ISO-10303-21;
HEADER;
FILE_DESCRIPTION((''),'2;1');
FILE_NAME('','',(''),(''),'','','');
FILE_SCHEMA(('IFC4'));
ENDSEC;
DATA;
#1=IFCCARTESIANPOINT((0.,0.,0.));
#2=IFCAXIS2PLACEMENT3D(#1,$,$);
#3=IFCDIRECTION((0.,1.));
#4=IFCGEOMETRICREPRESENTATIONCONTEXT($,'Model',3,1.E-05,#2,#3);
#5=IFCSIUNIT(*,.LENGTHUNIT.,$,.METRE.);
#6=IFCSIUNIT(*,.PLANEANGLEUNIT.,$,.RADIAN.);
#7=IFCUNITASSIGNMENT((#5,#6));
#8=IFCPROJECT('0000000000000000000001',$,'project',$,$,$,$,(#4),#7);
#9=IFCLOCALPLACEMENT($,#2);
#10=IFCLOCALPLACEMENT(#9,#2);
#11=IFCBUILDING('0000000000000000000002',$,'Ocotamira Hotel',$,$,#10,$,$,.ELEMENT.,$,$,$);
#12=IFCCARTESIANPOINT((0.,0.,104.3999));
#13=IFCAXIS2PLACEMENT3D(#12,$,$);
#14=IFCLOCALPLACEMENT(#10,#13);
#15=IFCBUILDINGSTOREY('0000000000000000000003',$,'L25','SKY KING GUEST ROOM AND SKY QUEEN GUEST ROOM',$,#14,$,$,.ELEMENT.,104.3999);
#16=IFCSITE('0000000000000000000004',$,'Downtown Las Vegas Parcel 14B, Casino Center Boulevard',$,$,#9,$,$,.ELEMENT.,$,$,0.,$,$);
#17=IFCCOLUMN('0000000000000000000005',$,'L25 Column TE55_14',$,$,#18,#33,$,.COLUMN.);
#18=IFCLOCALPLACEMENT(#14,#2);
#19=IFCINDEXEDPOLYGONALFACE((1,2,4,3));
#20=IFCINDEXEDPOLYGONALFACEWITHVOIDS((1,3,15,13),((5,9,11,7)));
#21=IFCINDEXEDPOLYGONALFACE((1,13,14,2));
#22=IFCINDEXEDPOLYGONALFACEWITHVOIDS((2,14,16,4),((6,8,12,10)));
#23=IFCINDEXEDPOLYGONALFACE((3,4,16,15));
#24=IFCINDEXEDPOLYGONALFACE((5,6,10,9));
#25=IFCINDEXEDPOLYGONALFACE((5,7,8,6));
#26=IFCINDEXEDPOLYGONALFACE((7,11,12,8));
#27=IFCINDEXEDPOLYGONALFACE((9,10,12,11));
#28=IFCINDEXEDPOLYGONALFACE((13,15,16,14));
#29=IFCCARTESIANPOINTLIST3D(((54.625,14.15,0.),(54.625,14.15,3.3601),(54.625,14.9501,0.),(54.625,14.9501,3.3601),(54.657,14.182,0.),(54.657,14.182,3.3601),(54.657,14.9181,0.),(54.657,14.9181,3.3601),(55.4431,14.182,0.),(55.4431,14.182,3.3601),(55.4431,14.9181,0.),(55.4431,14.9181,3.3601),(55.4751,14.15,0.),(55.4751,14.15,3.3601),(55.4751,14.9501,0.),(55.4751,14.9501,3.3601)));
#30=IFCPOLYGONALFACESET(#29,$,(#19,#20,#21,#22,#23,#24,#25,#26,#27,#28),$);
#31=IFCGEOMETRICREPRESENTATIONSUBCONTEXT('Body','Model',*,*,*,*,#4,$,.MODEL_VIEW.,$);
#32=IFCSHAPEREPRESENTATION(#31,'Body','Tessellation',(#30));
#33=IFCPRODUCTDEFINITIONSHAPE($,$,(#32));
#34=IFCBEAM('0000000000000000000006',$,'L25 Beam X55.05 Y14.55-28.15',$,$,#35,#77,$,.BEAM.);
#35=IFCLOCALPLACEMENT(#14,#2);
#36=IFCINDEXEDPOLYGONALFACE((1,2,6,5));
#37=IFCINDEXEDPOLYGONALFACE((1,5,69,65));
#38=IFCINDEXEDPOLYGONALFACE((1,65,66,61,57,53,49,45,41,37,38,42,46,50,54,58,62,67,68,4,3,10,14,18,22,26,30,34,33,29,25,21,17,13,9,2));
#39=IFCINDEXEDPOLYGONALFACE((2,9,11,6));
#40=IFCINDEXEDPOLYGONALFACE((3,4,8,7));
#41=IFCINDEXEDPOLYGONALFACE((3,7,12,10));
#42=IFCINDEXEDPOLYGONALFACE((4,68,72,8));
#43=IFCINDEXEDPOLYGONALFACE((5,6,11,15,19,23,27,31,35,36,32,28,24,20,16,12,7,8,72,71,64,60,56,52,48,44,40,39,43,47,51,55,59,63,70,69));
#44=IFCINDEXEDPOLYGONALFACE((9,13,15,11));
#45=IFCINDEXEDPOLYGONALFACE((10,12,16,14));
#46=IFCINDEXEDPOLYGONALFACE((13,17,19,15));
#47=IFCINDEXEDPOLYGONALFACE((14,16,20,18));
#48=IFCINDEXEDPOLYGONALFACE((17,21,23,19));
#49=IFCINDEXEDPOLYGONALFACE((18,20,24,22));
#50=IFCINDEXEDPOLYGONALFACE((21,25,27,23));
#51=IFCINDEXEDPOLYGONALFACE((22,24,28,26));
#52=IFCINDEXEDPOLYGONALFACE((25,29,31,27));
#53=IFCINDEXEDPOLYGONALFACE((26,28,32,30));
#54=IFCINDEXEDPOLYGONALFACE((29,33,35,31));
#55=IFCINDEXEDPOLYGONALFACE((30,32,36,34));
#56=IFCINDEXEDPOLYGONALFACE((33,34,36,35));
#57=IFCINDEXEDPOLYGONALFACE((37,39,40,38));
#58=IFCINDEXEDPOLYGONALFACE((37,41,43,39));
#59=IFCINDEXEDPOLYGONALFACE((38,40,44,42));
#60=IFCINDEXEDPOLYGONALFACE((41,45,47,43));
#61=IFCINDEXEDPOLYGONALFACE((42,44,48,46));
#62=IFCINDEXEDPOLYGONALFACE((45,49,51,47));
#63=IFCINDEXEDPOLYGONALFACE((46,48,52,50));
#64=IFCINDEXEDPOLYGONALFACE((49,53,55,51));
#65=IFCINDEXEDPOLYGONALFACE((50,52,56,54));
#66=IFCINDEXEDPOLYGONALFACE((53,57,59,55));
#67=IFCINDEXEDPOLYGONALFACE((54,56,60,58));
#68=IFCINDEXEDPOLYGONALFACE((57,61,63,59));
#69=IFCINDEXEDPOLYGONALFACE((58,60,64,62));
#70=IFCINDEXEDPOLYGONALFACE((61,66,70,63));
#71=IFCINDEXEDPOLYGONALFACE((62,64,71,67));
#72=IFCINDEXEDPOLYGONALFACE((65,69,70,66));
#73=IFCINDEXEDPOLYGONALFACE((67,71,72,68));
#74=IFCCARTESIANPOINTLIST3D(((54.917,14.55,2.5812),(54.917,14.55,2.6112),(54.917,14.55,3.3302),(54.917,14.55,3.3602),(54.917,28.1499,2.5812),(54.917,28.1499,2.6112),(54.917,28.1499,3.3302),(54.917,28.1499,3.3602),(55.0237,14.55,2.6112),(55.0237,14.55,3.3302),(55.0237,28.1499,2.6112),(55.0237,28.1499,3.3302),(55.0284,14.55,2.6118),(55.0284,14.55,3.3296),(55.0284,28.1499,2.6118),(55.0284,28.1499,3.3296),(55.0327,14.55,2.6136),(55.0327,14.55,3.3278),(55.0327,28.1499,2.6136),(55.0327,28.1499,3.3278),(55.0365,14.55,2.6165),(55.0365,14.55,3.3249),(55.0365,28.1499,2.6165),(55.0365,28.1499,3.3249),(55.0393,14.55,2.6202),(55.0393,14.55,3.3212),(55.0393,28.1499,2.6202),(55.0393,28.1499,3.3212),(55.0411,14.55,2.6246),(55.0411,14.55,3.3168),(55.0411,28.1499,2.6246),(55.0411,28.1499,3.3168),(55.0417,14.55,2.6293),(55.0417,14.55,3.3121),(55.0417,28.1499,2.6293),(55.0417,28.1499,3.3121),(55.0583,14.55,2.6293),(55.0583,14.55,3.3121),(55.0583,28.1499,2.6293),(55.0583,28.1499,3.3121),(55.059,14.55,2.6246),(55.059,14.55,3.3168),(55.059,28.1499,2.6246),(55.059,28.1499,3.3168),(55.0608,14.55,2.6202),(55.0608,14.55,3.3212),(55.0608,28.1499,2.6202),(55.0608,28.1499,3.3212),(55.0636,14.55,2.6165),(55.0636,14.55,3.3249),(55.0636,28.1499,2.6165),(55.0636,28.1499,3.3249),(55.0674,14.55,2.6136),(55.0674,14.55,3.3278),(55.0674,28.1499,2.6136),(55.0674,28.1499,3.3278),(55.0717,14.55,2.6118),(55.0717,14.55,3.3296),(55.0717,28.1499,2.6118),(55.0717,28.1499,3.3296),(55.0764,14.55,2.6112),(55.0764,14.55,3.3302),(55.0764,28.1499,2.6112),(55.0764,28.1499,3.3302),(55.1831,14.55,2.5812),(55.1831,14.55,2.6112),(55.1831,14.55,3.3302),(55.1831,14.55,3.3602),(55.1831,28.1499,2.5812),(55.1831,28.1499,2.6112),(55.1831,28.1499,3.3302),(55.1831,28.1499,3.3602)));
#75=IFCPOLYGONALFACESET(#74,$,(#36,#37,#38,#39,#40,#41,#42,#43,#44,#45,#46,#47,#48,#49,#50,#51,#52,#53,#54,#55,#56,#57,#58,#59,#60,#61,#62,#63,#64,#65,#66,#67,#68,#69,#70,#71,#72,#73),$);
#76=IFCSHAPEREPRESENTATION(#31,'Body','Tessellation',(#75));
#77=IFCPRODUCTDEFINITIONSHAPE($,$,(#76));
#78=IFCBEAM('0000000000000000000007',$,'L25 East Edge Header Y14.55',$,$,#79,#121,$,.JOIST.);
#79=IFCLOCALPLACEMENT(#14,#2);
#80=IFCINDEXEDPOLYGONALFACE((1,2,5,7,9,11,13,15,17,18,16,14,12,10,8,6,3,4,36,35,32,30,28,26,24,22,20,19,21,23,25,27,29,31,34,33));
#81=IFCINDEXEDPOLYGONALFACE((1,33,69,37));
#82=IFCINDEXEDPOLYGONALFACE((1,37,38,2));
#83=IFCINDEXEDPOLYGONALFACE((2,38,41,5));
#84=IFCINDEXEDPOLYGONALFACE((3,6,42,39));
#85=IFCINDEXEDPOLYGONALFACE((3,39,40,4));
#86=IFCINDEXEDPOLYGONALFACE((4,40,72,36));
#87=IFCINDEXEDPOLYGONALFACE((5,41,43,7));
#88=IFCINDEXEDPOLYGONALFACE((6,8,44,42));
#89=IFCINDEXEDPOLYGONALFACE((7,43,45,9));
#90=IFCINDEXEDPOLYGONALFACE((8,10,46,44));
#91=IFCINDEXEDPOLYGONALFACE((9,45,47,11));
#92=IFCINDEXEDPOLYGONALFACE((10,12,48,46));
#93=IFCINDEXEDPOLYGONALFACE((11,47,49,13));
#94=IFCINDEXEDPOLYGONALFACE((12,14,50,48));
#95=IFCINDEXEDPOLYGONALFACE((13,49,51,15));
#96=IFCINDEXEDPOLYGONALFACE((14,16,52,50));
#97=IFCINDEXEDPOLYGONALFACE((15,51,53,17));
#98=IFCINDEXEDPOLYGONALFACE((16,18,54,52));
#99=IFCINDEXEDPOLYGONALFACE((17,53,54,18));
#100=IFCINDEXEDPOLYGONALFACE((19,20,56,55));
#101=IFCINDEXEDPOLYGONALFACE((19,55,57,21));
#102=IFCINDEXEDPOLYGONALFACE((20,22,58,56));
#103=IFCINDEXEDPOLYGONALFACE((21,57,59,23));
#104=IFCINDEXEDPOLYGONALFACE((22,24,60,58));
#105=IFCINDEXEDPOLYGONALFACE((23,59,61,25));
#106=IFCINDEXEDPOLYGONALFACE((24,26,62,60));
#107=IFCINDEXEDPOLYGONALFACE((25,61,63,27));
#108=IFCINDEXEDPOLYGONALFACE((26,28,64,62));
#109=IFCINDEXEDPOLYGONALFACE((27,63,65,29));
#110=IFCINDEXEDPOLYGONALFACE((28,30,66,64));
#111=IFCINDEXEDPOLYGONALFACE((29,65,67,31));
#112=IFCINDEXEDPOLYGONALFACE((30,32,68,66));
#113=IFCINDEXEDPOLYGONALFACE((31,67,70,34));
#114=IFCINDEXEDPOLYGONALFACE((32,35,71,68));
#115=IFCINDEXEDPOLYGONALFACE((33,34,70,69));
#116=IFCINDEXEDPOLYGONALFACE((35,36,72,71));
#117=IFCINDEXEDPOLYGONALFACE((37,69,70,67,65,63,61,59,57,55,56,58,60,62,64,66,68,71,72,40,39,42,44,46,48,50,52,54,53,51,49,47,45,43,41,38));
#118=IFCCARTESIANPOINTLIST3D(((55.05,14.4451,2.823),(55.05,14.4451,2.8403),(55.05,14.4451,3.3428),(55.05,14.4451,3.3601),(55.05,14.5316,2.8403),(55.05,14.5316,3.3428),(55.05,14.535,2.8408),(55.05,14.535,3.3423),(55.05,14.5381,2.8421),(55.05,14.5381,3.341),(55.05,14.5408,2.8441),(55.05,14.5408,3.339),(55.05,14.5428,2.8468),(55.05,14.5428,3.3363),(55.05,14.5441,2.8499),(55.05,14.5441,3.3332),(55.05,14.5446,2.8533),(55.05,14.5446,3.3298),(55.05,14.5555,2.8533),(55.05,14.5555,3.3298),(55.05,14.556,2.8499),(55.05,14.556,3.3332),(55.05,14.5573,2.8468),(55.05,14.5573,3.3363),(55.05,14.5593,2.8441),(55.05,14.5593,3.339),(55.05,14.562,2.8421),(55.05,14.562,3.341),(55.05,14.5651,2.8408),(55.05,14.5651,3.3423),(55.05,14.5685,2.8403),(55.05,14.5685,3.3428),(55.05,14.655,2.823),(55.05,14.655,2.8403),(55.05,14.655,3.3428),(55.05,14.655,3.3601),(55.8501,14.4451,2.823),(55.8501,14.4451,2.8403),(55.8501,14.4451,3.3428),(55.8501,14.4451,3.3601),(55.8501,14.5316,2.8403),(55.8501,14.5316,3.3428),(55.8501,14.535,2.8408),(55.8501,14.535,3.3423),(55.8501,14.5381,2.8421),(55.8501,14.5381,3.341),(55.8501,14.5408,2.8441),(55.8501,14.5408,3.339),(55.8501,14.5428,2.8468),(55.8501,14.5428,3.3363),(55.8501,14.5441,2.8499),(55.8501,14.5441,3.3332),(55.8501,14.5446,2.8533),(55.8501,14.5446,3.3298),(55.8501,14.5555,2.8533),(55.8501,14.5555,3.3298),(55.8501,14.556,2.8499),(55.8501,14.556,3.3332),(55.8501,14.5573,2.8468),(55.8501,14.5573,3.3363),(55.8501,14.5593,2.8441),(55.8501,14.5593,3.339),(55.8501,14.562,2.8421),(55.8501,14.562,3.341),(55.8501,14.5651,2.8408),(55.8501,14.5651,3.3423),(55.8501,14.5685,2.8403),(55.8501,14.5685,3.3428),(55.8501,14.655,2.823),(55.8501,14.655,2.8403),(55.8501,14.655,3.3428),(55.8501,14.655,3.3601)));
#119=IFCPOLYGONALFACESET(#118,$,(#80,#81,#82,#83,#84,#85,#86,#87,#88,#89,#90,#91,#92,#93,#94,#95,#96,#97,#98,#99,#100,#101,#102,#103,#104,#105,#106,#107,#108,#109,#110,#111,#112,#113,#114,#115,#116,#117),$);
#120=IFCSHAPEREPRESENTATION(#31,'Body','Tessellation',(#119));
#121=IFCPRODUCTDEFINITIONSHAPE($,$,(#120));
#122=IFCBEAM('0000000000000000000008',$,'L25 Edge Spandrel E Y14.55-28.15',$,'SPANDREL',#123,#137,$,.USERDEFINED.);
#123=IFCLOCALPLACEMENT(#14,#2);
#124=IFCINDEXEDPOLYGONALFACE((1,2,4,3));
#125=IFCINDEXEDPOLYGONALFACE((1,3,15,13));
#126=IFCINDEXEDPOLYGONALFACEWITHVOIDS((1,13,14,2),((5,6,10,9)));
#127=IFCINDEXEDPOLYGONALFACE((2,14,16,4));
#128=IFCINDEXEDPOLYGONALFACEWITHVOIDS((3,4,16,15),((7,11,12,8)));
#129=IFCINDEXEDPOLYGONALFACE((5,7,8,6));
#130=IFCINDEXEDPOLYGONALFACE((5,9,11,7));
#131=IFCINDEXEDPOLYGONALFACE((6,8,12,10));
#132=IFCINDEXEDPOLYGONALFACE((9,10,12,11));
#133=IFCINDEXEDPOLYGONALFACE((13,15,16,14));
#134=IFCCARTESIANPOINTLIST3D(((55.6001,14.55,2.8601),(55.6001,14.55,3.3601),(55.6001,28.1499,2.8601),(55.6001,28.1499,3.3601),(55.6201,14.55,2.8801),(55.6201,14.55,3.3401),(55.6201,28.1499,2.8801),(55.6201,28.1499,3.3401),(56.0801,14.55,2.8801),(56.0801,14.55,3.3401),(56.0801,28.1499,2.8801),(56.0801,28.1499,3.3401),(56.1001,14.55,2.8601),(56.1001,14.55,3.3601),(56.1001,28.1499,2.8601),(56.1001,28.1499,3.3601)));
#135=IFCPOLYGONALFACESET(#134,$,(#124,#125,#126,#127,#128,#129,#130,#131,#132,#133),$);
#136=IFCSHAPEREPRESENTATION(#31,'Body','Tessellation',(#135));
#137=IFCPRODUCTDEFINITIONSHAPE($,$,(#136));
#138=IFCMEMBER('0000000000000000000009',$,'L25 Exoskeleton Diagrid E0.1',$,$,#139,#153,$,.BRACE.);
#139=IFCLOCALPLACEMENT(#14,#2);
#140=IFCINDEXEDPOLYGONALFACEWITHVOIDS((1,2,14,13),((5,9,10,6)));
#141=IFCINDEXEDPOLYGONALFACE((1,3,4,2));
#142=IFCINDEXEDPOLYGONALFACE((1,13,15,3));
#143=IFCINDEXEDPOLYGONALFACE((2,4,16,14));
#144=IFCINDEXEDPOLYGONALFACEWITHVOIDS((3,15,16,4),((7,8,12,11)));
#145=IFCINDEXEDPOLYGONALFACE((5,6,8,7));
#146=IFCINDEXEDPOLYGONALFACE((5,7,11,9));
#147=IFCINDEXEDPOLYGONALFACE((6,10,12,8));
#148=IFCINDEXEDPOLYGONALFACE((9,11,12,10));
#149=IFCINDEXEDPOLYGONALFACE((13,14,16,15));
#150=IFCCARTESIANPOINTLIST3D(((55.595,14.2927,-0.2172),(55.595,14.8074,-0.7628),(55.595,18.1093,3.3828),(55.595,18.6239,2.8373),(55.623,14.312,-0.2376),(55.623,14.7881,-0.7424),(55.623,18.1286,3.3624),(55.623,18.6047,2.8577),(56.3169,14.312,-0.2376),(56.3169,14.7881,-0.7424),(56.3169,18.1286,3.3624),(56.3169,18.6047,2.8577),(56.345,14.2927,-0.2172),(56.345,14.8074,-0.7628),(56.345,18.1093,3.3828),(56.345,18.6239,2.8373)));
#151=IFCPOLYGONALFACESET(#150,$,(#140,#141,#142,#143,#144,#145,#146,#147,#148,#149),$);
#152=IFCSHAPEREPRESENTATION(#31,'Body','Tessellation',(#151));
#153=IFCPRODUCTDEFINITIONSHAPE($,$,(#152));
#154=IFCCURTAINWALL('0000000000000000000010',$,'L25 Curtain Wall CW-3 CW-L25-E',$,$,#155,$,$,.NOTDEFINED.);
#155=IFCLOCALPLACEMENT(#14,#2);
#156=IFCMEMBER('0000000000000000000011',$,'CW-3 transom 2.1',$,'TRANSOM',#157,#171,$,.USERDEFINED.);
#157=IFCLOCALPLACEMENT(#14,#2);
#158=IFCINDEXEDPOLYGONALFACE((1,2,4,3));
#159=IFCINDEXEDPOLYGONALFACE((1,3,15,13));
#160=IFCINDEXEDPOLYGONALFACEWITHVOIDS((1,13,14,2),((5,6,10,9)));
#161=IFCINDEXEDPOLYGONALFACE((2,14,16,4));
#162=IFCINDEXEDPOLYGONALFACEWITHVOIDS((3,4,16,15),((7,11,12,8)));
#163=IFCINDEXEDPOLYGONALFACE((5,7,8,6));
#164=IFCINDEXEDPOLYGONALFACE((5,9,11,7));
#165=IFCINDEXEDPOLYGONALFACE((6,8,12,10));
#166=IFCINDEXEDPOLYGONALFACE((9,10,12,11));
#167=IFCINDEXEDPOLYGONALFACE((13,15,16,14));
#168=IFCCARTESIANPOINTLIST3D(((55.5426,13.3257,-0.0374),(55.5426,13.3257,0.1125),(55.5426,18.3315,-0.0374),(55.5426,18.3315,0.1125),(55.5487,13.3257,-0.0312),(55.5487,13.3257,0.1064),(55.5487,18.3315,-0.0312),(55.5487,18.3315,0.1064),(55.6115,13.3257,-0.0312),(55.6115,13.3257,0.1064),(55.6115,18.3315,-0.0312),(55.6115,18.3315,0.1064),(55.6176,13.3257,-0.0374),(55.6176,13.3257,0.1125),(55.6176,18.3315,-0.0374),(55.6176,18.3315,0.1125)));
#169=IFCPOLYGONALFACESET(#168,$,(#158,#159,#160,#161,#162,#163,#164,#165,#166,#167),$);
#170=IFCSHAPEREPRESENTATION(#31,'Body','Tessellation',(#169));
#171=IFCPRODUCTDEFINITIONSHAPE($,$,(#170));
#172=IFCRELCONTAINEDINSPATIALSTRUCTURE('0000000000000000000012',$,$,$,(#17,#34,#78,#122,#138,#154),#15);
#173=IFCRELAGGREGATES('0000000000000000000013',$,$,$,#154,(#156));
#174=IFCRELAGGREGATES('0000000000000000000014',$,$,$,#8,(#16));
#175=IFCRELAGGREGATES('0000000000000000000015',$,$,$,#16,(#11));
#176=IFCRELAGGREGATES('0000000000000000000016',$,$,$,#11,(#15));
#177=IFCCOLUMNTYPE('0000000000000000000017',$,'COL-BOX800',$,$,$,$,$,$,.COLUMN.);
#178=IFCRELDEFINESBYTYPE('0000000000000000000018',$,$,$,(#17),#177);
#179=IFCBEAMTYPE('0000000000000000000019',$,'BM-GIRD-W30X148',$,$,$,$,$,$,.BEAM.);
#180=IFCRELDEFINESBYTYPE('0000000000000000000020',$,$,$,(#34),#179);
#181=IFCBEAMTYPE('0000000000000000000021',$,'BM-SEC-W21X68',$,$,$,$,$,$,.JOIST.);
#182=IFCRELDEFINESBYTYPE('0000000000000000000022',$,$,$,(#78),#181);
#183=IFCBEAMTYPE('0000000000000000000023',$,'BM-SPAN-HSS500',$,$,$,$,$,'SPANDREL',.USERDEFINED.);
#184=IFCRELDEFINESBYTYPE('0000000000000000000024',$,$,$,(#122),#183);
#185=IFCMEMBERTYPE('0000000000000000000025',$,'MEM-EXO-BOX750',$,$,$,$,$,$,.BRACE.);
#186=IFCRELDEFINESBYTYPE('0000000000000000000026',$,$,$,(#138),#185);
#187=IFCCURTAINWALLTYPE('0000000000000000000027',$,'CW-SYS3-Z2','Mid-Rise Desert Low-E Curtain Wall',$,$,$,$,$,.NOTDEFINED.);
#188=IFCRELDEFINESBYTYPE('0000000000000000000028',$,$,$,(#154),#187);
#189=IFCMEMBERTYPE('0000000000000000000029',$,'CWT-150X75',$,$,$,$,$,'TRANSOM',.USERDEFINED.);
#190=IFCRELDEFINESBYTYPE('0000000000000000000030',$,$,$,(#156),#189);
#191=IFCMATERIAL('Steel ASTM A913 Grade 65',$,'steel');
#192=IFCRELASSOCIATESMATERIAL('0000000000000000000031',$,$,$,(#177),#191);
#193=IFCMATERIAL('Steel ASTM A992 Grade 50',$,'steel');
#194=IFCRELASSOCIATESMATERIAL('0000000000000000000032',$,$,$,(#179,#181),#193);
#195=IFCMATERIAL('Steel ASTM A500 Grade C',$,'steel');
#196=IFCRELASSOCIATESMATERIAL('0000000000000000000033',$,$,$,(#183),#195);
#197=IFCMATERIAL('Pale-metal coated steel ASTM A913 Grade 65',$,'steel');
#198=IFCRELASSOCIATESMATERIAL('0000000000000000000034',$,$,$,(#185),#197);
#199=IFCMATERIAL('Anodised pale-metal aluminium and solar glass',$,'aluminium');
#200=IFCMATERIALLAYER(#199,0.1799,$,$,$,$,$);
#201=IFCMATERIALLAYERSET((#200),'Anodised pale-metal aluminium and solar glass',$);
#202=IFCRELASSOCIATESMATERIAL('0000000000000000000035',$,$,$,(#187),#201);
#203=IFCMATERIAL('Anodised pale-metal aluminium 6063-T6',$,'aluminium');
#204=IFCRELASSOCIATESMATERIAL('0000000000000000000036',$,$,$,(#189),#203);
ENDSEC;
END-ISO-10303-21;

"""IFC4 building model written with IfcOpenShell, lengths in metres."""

from ifc_helpers import new_model, si_unit, direction, frame, origin, origin_2d, place, context, subcontext, project, spatial, hollow_rectangle, i_section, extrude, source, transform, mapped, material, layer, layer_set, material_profile, profile_set, type_object, element, aggregate, save


model = new_model("IFC4")

# Units and contexts
model_context = context("Model", 3, precision=1e-05, world=origin(), true_north=direction((0.0, 1.0)))
body_context = subcontext(model_context, "Body", "Model", "MODEL_VIEW")
ifc_project = project(units=[si_unit("LENGTHUNIT", "METRE"), si_unit("PLANEANGLEUNIT", "RADIAN")], contexts=[model_context])

# Site, building, storey
site_placement = place(None, origin())
site = spatial("IfcSite", under=ifc_project, at=site_placement, Name="Downtown Las Vegas Parcel 14B, Casino Center Boulevard", CompositionType="ELEMENT", RefElevation=0.0)
building_placement = place(site_placement, origin())
building = spatial("IfcBuilding", under=site, at=building_placement, Name="Ocotamira Hotel", CompositionType="ELEMENT")
storey_placement = place(building_placement, frame((0.0, 0.0, 104.3999)))
storey = spatial("IfcBuildingStorey", under=building, at=storey_placement, Name="L25", Description="SKY KING GUEST ROOM AND SKY QUEEN GUEST ROOM", CompositionType="ELEMENT", Elevation=104.3999)

# Column
ifc_material_1 = material(Name="Steel ASTM A913 Grade 65", Category="steel")
ifc_material_profile_1 = material_profile(ifc_material_1, hollow_rectangle(XDim=0.8501, YDim=0.8, WallThickness=0.032, at=origin_2d()), Name="BOX800X850X32")
ifc_profile_set_1 = profile_set([ifc_material_profile_1], Name="Steel ASTM A913 Grade 65")
column_type = type_object("IfcColumnType", Name="COL-BOX800", PredefinedType="COLUMN", material=ifc_profile_set_1)
shared_shape_1 = source(origin(), body_context, "Body", "SweptSolid", [
    extrude(hollow_rectangle(XDim=0.8501, YDim=0.8, WallThickness=0.032, at=origin_2d()), origin(), (0.0, 0.0, 1.0), 3.3601),
])
column_placement = place(storey_placement, frame((55.05, 14.55, 0.0), z_axis=(0.0, 0.0, 1.0), x_axis=(1.0, 0.0, 0.0)))
element("IfcColumn", 1, at=column_placement, inside=storey, type_object=column_type, Name="L25 Column TE55_14", PredefinedType="COLUMN", context=body_context, shape_type="MappedRepresentation", body=[
    mapped(shared_shape_1, transform((0.0, 0.0, 0.0), scale=1.0)),
])

# Beams
ifc_material_2 = material(Name="Steel ASTM A992 Grade 50", Category="steel")
ifc_material_profile_2 = material_profile(ifc_material_2, i_section(OverallWidth=0.2661, OverallDepth=0.7791, WebThickness=0.0166, FlangeThickness=0.03, FilletRadius=0.0181, at=origin_2d()), Name="W30X148")
ifc_profile_set_2 = profile_set([ifc_material_profile_2], Name="Steel ASTM A992 Grade 50")
beam_type_1 = type_object("IfcBeamType", Name="BM-GIRD-W30X148", PredefinedType="BEAM", material=ifc_profile_set_2)
shared_shape_2 = source(origin(), body_context, "Body", "SweptSolid", [
    extrude(i_section(OverallWidth=0.2661, OverallDepth=0.7791, WebThickness=0.0166, FlangeThickness=0.03, FilletRadius=0.0181, at=origin_2d()), origin(), (0.0, 0.0, 1.0), 13.5999),
])
beam_1_placement = place(storey_placement, frame((55.05, 14.55, 2.9707), z_axis=(0.0, 1.0, 0.0), x_axis=(-1.0, 0.0, 0.0)))
element("IfcBeam", 2, at=beam_1_placement, inside=storey, type_object=beam_type_1, Name="L25 Beam X55.05 Y14.55-28.15", PredefinedType="BEAM", context=body_context, shape_type="MappedRepresentation", body=[
    mapped(shared_shape_2, transform((0.0, 0.0, 0.0), scale=1.0)),
])
ifc_material_profile_3 = material_profile(ifc_material_2, i_section(OverallWidth=0.21, OverallDepth=0.5371, WebThickness=0.011, FlangeThickness=0.0173, FilletRadius=0.0129, at=origin_2d()), Name="W21X68")
ifc_profile_set_3 = profile_set([ifc_material_profile_3], Name="Steel ASTM A992 Grade 50")
beam_type_2 = type_object("IfcBeamType", Name="BM-SEC-W21X68", PredefinedType="JOIST", material=ifc_profile_set_3)
shared_shape_3 = source(origin(), body_context, "Body", "SweptSolid", [
    extrude(i_section(OverallWidth=0.21, OverallDepth=0.5371, WebThickness=0.011, FlangeThickness=0.0173, FilletRadius=0.0129, at=origin_2d()), origin(), (0.0, 0.0, 1.0), 0.8),
])
beam_2_placement = place(storey_placement, frame((55.05, 14.55, 3.0916), z_axis=(1.0, 0.0, 0.0), x_axis=(0.0, 1.0, 0.0)))
element("IfcBeam", 3, at=beam_2_placement, inside=storey, type_object=beam_type_2, Name="L25 East Edge Header Y14.55", PredefinedType="JOIST", context=body_context, shape_type="MappedRepresentation", body=[
    mapped(shared_shape_3, transform((0.0, 0.0, 0.0), scale=1.0)),
])
ifc_material_3 = material(Name="Steel ASTM A500 Grade C", Category="steel")
ifc_material_profile_4 = material_profile(ifc_material_3, hollow_rectangle(XDim=0.5, YDim=0.5, WallThickness=0.02, at=origin_2d()), Name="HSS500X500X20")
ifc_profile_set_4 = profile_set([ifc_material_profile_4], Name="Steel ASTM A500 Grade C")
beam_type_3 = type_object("IfcBeamType", Name="BM-SPAN-HSS500", ElementType="SPANDREL", PredefinedType="USERDEFINED", material=ifc_profile_set_4)
shared_shape_4 = source(origin(), body_context, "Body", "SweptSolid", [
    extrude(hollow_rectangle(XDim=0.5, YDim=0.5, WallThickness=0.02, at=origin_2d()), origin(), (0.0, 0.0, 1.0), 13.5999),
])
beam_3_placement = place(storey_placement, frame((55.8501, 14.55, 3.1101), z_axis=(0.0, 1.0, 0.0), x_axis=(-1.0, 0.0, 0.0)))
element("IfcBeam", 4, at=beam_3_placement, inside=storey, type_object=beam_type_3, Name="L25 Edge Spandrel E Y14.55-28.15", ObjectType="SPANDREL", PredefinedType="USERDEFINED", context=body_context, shape_type="MappedRepresentation", body=[
    mapped(shared_shape_4, transform((0.0, 0.0, 0.0), scale=1.0)),
])

# Member
ifc_material_4 = material(Name="Pale-metal coated steel ASTM A913 Grade 65", Category="steel")
ifc_material_profile_5 = material_profile(ifc_material_4, hollow_rectangle(XDim=0.75, YDim=0.75, WallThickness=0.0281, at=origin_2d()), Name="BOX750X750X28")
ifc_profile_set_5 = profile_set([ifc_material_profile_5], Name="Pale-metal coated steel ASTM A913 Grade 65")
member_type_1 = type_object("IfcMemberType", Name="MEM-EXO-BOX750", PredefinedType="BRACE", material=ifc_profile_set_5)
shared_shape_5 = source(origin(), body_context, "Body", "SweptSolid", [
    extrude(hollow_rectangle(XDim=0.75, YDim=0.75, WallThickness=0.0281, at=origin_2d()), origin(), (0.0, 0.0, 1.0), 5.2466),
])
member_1_placement = place(storey_placement, frame((55.97, 14.55, -0.49), z_axis=(0.0, 0.727443, 0.686168), x_axis=(-1.0, 0.0, 0.0)))
element("IfcMember", 5, at=member_1_placement, inside=storey, type_object=member_type_1, Name="L25 Exoskeleton Diagrid E0.1", PredefinedType="BRACE", context=body_context, shape_type="MappedRepresentation", body=[
    mapped(shared_shape_5, transform((0.0, 0.0, 0.0), scale=1.0)),
])

# Curtain wall, member
ifc_material_5 = material(Name="Anodised pale-metal aluminium and solar glass", Category="aluminium")
ifc_layer_1 = layer(ifc_material_5, 0.1799)
ifc_layer_set_1 = layer_set([ifc_layer_1], Name="Anodised pale-metal aluminium and solar glass")
curtain_wall_type = type_object("IfcCurtainWallType", Name="CW-SYS3-Z2", Description="Mid-Rise Desert Low-E Curtain Wall", PredefinedType="NOTDEFINED", material=ifc_layer_set_1)
curtain_wall_placement = place(storey_placement, origin())
curtain_wall = element("IfcCurtainWall", 6, at=curtain_wall_placement, inside=storey, type_object=curtain_wall_type, Name="L25 Curtain Wall CW-3 CW-L25-E", PredefinedType="NOTDEFINED")
ifc_material_6 = material(Name="Anodised pale-metal aluminium 6063-T6", Category="aluminium")
ifc_material_profile_6 = material_profile(ifc_material_6, hollow_rectangle(XDim=0.075, YDim=0.1499, WallThickness=0.0061, at=origin_2d()), Name="HSS150X75X6")
ifc_profile_set_6 = profile_set([ifc_material_profile_6], Name="Anodised pale-metal aluminium 6063-T6")
member_type_2 = type_object("IfcMemberType", Name="CWT-150X75", ElementType="TRANSOM", PredefinedType="USERDEFINED", material=ifc_profile_set_6)
shared_shape_6 = source(origin(), body_context, "Body", "SweptSolid", [
    extrude(hollow_rectangle(XDim=0.075, YDim=0.1499, WallThickness=0.0061, at=origin_2d()), origin(), (0.0, 0.0, 1.0), 5.0059),
])
member_2_placement = place(storey_placement, frame((55.5801, 13.3257, 0.0376), z_axis=(0.0, 1.0, 0.0), x_axis=(-1.0, 0.0, 0.0)))
member_2 = element("IfcMember", 7, at=member_2_placement, type_object=member_type_2, Name="CW-3 transom 2.1", ObjectType="TRANSOM", PredefinedType="USERDEFINED", context=body_context, shape_type="MappedRepresentation", body=[
    mapped(shared_shape_6, transform((0.0, 0.0, 0.0), scale=1.0)),
])

aggregate(curtain_wall, [member_2])

save(model, "model.ifc")
